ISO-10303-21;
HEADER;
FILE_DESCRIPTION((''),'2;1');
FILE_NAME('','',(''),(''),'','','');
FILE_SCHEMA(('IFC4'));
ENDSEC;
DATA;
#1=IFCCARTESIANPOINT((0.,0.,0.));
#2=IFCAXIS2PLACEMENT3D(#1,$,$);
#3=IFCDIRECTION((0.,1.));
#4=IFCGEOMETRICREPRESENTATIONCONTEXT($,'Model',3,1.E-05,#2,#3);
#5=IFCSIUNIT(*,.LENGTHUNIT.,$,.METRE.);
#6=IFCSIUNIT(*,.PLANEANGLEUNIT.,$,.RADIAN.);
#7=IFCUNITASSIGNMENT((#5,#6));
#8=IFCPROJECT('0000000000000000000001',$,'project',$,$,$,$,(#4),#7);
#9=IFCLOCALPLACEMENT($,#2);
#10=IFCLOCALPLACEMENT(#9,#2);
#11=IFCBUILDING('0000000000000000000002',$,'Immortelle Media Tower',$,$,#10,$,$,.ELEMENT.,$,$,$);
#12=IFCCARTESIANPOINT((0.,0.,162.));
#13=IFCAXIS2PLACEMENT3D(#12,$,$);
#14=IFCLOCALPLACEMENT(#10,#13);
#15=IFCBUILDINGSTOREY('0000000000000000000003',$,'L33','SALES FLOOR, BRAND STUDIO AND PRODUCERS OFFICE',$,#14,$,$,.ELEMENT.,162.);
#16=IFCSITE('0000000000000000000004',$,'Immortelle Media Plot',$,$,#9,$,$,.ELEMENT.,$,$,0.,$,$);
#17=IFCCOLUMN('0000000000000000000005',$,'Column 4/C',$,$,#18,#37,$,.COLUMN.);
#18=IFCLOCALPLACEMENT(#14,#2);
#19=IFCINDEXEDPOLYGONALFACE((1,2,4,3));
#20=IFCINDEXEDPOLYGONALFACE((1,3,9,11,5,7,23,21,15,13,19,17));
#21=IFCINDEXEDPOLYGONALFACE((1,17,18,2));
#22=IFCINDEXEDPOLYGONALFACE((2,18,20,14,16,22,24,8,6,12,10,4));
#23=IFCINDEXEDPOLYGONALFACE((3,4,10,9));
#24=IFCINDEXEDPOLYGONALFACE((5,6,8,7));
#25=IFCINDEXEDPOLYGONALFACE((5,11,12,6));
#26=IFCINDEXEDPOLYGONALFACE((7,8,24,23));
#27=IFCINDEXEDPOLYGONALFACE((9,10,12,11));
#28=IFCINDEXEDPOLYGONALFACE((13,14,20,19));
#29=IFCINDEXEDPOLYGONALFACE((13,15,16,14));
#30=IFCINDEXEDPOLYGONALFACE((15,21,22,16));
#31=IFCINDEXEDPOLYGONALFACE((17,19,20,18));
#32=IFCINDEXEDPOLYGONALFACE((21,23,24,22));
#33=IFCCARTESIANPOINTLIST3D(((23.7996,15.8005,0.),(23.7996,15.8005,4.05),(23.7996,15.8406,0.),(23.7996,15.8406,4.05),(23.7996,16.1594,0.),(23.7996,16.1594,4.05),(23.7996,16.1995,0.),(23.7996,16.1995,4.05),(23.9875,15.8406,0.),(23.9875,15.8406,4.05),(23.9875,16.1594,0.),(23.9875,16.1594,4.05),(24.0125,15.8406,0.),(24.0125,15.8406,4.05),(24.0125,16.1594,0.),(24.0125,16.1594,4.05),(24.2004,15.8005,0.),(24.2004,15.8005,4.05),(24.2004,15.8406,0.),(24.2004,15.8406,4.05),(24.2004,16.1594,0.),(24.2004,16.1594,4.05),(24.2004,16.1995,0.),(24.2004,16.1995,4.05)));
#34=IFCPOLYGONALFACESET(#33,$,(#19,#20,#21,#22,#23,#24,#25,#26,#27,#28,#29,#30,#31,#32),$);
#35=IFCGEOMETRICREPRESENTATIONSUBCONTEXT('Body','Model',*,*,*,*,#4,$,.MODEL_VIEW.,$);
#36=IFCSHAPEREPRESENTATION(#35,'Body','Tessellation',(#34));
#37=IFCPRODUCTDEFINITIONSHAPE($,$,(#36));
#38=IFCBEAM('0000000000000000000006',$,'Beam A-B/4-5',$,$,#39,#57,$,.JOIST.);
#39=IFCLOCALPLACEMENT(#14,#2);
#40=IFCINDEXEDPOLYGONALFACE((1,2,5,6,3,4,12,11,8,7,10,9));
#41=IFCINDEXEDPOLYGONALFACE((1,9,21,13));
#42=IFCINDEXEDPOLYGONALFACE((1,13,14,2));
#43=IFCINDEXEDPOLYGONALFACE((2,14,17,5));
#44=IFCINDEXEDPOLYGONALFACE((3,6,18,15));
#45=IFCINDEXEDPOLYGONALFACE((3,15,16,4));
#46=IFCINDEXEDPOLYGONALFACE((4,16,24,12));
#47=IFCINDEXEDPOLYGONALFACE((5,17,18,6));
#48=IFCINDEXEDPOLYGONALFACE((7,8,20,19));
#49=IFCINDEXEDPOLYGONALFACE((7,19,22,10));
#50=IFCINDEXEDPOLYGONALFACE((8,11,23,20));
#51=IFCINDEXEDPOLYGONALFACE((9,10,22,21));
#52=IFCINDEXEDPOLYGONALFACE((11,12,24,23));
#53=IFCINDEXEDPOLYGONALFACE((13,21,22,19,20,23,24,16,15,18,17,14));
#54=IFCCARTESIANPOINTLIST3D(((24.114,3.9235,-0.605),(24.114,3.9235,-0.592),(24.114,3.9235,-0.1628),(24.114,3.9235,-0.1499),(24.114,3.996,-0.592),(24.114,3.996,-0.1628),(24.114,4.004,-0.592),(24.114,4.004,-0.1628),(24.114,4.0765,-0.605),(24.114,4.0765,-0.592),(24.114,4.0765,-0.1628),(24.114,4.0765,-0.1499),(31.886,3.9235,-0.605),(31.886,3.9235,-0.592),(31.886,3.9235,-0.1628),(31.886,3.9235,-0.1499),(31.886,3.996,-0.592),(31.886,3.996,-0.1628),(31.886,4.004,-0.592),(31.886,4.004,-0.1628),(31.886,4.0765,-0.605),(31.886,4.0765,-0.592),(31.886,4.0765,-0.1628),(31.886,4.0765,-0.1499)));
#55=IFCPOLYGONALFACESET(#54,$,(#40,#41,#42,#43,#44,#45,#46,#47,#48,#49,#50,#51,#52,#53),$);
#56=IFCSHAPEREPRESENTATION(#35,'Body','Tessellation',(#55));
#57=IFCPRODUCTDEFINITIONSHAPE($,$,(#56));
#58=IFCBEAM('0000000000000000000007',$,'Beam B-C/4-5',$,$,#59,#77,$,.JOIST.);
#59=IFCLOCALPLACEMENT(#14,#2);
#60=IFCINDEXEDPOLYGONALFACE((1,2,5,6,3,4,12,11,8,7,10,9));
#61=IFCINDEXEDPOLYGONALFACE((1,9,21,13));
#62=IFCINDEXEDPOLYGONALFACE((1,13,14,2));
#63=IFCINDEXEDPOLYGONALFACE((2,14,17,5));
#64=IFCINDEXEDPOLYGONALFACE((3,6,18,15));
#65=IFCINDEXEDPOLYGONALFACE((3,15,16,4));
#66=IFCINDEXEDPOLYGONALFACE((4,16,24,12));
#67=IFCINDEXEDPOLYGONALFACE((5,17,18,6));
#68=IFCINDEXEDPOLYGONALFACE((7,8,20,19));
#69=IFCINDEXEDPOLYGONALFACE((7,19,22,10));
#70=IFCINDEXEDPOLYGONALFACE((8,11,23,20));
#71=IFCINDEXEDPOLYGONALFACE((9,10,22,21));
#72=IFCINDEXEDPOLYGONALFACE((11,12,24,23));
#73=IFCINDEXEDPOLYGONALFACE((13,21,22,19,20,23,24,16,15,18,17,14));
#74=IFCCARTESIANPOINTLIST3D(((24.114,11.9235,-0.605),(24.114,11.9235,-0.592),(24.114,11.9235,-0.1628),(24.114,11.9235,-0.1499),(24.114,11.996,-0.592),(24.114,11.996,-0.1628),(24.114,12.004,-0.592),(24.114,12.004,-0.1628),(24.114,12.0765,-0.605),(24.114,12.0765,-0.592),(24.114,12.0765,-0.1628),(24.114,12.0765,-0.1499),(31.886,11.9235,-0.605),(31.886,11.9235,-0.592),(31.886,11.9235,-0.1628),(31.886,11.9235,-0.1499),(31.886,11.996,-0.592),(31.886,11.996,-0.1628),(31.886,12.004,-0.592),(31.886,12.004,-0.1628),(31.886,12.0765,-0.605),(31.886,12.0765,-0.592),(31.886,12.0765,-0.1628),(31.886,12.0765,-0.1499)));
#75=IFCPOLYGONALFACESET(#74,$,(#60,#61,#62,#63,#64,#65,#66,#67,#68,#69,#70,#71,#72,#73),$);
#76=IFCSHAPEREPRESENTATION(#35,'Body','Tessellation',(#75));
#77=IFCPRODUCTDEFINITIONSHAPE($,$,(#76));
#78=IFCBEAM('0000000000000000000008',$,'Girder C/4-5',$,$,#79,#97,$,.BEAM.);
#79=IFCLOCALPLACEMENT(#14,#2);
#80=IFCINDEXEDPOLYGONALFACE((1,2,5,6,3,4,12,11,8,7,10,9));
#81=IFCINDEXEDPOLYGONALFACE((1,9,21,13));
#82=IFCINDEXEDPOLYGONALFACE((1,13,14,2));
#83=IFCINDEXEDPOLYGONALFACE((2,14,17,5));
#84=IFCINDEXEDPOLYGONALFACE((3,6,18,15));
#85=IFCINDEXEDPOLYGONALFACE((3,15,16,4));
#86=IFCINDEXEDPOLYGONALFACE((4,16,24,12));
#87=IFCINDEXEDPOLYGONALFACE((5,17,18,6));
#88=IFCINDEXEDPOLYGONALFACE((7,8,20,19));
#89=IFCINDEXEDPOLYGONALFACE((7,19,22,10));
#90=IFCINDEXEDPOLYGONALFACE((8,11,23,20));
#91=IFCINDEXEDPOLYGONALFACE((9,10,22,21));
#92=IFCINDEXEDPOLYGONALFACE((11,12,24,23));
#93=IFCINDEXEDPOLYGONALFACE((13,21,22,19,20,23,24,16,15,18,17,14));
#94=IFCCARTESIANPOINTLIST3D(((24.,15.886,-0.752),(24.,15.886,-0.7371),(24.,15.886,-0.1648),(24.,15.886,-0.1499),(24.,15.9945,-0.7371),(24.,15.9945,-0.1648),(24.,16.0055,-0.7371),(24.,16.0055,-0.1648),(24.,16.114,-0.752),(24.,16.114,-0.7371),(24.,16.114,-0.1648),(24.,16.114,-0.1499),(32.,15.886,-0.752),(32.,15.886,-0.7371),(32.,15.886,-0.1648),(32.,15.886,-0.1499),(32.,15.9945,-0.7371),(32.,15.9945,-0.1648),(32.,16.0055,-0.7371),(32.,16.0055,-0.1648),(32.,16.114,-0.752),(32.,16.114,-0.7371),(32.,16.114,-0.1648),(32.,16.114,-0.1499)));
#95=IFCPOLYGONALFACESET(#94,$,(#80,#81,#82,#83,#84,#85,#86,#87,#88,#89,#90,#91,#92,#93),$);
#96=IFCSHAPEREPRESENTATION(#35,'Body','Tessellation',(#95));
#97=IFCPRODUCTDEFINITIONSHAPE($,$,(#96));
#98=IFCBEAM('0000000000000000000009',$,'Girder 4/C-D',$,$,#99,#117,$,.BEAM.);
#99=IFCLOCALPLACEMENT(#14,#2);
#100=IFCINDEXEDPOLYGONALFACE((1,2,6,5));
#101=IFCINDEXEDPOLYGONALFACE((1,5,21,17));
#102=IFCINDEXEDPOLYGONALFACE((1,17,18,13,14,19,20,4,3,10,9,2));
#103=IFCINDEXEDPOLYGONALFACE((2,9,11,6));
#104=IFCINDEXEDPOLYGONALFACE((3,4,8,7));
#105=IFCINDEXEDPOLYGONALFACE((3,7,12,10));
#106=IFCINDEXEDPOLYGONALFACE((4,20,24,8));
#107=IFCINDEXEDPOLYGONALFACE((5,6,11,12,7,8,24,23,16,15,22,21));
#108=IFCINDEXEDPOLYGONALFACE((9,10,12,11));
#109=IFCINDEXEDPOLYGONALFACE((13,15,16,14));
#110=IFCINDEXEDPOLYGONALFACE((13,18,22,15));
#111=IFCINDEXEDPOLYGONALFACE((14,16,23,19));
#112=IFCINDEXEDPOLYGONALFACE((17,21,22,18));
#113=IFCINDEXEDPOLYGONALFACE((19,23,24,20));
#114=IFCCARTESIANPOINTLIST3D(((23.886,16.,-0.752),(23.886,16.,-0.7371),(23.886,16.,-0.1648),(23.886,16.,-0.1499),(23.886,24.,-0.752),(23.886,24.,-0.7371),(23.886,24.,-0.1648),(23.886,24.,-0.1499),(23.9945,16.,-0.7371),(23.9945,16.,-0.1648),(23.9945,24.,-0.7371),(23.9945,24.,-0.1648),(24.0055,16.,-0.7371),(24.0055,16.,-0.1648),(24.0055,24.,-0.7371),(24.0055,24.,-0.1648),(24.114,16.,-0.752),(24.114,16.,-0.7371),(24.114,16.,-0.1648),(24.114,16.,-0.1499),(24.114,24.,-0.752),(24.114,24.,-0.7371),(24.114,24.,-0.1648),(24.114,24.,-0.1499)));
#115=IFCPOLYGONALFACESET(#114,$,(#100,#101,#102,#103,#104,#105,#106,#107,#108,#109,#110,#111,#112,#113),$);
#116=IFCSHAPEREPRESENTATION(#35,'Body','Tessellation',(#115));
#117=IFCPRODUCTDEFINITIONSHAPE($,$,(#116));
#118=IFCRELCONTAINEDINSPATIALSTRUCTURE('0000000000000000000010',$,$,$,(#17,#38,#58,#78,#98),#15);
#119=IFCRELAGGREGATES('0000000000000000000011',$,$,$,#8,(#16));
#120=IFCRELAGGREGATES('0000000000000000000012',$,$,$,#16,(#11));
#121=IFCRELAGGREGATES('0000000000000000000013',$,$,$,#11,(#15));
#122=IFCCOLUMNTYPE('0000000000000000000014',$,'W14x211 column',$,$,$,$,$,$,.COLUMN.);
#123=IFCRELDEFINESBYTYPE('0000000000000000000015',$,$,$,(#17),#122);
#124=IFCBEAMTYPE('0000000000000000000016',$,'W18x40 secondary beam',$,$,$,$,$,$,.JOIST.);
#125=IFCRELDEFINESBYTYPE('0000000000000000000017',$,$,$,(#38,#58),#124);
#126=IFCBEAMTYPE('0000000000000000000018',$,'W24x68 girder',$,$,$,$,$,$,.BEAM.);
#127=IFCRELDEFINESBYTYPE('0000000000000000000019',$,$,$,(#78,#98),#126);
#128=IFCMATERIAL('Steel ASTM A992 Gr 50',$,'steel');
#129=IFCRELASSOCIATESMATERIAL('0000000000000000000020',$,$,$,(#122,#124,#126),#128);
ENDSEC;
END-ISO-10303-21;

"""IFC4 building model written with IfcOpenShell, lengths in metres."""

from ifc_helpers import new_model, si_unit, direction, frame, origin, origin_2d, place, context, subcontext, project, spatial, i_section, extrude, material, material_profile, profile_set, type_object, element, save


model = new_model("IFC4")

# Units and contexts
model_context = context("Model", 3, precision=1e-05, world=origin(), true_north=direction((0.0, 1.0)))
body_context = subcontext(model_context, "Body", "Model", "MODEL_VIEW")
ifc_project = project(units=[si_unit("LENGTHUNIT", "METRE"), si_unit("PLANEANGLEUNIT", "RADIAN")], contexts=[model_context])

# Site, building, storey
site_placement = place(None, origin())
site = spatial("IfcSite", under=ifc_project, at=site_placement, Name="Immortelle Media Plot", CompositionType="ELEMENT", RefElevation=0.0)
building_placement = place(site_placement, origin())
building = spatial("IfcBuilding", under=site, at=building_placement, Name="Immortelle Media Tower", CompositionType="ELEMENT")
storey_placement = place(building_placement, frame((0.0, 0.0, 162.0)))
storey = spatial("IfcBuildingStorey", under=building, at=storey_placement, Name="L33", Description="SALES FLOOR, BRAND STUDIO AND PRODUCERS OFFICE", CompositionType="ELEMENT", Elevation=162.0)

# Column
ifc_material_1 = material(Name="Steel ASTM A992 Gr 50", Category="steel")
ifc_material_profile_1 = material_profile(ifc_material_1, i_section(OverallWidth=0.4009, OverallDepth=0.3989, WebThickness=0.0249, FlangeThickness=0.04, at=origin_2d()), Name="W14x211")
ifc_profile_set_1 = profile_set([ifc_material_profile_1], Name="Steel ASTM A992 Gr 50")
column_type = type_object("IfcColumnType", Name="W14x211 column", PredefinedType="COLUMN", material=ifc_profile_set_1)
column_placement = place(storey_placement, frame((24.0, 16.0, 0.0), z_axis=(0.0, 0.0, 1.0), x_axis=(1.0, 0.0, 0.0)))
element("IfcColumn", 1, at=column_placement, inside=storey, type_object=column_type, Name="Column 4/C", PredefinedType="COLUMN", context=body_context, shape_type="SweptSolid", body=[
    extrude(i_section(OverallWidth=0.4009, OverallDepth=0.3989, WebThickness=0.0249, FlangeThickness=0.04, at=origin_2d()), origin(), (0.0, 0.0, 1.0), 4.05),
])

# Beams
ifc_material_profile_2 = material_profile(ifc_material_1, i_section(OverallWidth=0.1531, OverallDepth=0.4551, WebThickness=0.0081, FlangeThickness=0.0129, at=origin_2d()), Name="W18x40")
ifc_profile_set_2 = profile_set([ifc_material_profile_2], Name="Steel ASTM A992 Gr 50")
beam_type_1 = type_object("IfcBeamType", Name="W18x40 secondary beam", PredefinedType="JOIST", material=ifc_profile_set_2)
for number, where, z_axis, x_axis, name in (
    (2, (24.114, 4.0, -0.3774), (1.0, 0.0, 0.0), (0.0, 1.0, 0.0), "Beam A-B/4-5"),
    (3, (24.114, 12.0, -0.3774), (1.0, 0.0, 0.0), (0.0, 1.0, 0.0), "Beam B-C/4-5"),
):
    element("IfcBeam", number, at=place(storey_placement, frame(where, z_axis=z_axis, x_axis=x_axis)), inside=storey, type_object=beam_type_1, Name=name, PredefinedType="JOIST", context=body_context, shape_type="SweptSolid", body=[
        extrude(i_section(OverallWidth=0.1531, OverallDepth=0.4551, WebThickness=0.0081, FlangeThickness=0.0129, at=origin_2d()), origin(), (0.0, 0.0, 1.0), 7.772),
    ])
ifc_material_profile_3 = material_profile(ifc_material_1, i_section(OverallWidth=0.228, OverallDepth=0.6021, WebThickness=0.011, FlangeThickness=0.0149, at=origin_2d()), Name="W24x68")
ifc_profile_set_3 = profile_set([ifc_material_profile_3], Name="Steel ASTM A992 Gr 50")
beam_type_2 = type_object("IfcBeamType", Name="W24x68 girder", PredefinedType="BEAM", material=ifc_profile_set_3)
for number, where, z_axis, x_axis, name in (
    (4, (24.0, 16.0, -0.4509), (1.0, 0.0, 0.0), (0.0, 1.0, 0.0), "Girder C/4-5"),
    (5, (24.0, 16.0, -0.4509), (0.0, 1.0, 0.0), (-1.0, 0.0, 0.0), "Girder 4/C-D"),
):
    element("IfcBeam", number, at=place(storey_placement, frame(where, z_axis=z_axis, x_axis=x_axis)), inside=storey, type_object=beam_type_2, Name=name, PredefinedType="BEAM", context=body_context, shape_type="SweptSolid", body=[
        extrude(i_section(OverallWidth=0.228, OverallDepth=0.6021, WebThickness=0.011, FlangeThickness=0.0149, at=origin_2d()), origin(), (0.0, 0.0, 1.0), 8.0),
    ])

save(model, "model.ifc")
